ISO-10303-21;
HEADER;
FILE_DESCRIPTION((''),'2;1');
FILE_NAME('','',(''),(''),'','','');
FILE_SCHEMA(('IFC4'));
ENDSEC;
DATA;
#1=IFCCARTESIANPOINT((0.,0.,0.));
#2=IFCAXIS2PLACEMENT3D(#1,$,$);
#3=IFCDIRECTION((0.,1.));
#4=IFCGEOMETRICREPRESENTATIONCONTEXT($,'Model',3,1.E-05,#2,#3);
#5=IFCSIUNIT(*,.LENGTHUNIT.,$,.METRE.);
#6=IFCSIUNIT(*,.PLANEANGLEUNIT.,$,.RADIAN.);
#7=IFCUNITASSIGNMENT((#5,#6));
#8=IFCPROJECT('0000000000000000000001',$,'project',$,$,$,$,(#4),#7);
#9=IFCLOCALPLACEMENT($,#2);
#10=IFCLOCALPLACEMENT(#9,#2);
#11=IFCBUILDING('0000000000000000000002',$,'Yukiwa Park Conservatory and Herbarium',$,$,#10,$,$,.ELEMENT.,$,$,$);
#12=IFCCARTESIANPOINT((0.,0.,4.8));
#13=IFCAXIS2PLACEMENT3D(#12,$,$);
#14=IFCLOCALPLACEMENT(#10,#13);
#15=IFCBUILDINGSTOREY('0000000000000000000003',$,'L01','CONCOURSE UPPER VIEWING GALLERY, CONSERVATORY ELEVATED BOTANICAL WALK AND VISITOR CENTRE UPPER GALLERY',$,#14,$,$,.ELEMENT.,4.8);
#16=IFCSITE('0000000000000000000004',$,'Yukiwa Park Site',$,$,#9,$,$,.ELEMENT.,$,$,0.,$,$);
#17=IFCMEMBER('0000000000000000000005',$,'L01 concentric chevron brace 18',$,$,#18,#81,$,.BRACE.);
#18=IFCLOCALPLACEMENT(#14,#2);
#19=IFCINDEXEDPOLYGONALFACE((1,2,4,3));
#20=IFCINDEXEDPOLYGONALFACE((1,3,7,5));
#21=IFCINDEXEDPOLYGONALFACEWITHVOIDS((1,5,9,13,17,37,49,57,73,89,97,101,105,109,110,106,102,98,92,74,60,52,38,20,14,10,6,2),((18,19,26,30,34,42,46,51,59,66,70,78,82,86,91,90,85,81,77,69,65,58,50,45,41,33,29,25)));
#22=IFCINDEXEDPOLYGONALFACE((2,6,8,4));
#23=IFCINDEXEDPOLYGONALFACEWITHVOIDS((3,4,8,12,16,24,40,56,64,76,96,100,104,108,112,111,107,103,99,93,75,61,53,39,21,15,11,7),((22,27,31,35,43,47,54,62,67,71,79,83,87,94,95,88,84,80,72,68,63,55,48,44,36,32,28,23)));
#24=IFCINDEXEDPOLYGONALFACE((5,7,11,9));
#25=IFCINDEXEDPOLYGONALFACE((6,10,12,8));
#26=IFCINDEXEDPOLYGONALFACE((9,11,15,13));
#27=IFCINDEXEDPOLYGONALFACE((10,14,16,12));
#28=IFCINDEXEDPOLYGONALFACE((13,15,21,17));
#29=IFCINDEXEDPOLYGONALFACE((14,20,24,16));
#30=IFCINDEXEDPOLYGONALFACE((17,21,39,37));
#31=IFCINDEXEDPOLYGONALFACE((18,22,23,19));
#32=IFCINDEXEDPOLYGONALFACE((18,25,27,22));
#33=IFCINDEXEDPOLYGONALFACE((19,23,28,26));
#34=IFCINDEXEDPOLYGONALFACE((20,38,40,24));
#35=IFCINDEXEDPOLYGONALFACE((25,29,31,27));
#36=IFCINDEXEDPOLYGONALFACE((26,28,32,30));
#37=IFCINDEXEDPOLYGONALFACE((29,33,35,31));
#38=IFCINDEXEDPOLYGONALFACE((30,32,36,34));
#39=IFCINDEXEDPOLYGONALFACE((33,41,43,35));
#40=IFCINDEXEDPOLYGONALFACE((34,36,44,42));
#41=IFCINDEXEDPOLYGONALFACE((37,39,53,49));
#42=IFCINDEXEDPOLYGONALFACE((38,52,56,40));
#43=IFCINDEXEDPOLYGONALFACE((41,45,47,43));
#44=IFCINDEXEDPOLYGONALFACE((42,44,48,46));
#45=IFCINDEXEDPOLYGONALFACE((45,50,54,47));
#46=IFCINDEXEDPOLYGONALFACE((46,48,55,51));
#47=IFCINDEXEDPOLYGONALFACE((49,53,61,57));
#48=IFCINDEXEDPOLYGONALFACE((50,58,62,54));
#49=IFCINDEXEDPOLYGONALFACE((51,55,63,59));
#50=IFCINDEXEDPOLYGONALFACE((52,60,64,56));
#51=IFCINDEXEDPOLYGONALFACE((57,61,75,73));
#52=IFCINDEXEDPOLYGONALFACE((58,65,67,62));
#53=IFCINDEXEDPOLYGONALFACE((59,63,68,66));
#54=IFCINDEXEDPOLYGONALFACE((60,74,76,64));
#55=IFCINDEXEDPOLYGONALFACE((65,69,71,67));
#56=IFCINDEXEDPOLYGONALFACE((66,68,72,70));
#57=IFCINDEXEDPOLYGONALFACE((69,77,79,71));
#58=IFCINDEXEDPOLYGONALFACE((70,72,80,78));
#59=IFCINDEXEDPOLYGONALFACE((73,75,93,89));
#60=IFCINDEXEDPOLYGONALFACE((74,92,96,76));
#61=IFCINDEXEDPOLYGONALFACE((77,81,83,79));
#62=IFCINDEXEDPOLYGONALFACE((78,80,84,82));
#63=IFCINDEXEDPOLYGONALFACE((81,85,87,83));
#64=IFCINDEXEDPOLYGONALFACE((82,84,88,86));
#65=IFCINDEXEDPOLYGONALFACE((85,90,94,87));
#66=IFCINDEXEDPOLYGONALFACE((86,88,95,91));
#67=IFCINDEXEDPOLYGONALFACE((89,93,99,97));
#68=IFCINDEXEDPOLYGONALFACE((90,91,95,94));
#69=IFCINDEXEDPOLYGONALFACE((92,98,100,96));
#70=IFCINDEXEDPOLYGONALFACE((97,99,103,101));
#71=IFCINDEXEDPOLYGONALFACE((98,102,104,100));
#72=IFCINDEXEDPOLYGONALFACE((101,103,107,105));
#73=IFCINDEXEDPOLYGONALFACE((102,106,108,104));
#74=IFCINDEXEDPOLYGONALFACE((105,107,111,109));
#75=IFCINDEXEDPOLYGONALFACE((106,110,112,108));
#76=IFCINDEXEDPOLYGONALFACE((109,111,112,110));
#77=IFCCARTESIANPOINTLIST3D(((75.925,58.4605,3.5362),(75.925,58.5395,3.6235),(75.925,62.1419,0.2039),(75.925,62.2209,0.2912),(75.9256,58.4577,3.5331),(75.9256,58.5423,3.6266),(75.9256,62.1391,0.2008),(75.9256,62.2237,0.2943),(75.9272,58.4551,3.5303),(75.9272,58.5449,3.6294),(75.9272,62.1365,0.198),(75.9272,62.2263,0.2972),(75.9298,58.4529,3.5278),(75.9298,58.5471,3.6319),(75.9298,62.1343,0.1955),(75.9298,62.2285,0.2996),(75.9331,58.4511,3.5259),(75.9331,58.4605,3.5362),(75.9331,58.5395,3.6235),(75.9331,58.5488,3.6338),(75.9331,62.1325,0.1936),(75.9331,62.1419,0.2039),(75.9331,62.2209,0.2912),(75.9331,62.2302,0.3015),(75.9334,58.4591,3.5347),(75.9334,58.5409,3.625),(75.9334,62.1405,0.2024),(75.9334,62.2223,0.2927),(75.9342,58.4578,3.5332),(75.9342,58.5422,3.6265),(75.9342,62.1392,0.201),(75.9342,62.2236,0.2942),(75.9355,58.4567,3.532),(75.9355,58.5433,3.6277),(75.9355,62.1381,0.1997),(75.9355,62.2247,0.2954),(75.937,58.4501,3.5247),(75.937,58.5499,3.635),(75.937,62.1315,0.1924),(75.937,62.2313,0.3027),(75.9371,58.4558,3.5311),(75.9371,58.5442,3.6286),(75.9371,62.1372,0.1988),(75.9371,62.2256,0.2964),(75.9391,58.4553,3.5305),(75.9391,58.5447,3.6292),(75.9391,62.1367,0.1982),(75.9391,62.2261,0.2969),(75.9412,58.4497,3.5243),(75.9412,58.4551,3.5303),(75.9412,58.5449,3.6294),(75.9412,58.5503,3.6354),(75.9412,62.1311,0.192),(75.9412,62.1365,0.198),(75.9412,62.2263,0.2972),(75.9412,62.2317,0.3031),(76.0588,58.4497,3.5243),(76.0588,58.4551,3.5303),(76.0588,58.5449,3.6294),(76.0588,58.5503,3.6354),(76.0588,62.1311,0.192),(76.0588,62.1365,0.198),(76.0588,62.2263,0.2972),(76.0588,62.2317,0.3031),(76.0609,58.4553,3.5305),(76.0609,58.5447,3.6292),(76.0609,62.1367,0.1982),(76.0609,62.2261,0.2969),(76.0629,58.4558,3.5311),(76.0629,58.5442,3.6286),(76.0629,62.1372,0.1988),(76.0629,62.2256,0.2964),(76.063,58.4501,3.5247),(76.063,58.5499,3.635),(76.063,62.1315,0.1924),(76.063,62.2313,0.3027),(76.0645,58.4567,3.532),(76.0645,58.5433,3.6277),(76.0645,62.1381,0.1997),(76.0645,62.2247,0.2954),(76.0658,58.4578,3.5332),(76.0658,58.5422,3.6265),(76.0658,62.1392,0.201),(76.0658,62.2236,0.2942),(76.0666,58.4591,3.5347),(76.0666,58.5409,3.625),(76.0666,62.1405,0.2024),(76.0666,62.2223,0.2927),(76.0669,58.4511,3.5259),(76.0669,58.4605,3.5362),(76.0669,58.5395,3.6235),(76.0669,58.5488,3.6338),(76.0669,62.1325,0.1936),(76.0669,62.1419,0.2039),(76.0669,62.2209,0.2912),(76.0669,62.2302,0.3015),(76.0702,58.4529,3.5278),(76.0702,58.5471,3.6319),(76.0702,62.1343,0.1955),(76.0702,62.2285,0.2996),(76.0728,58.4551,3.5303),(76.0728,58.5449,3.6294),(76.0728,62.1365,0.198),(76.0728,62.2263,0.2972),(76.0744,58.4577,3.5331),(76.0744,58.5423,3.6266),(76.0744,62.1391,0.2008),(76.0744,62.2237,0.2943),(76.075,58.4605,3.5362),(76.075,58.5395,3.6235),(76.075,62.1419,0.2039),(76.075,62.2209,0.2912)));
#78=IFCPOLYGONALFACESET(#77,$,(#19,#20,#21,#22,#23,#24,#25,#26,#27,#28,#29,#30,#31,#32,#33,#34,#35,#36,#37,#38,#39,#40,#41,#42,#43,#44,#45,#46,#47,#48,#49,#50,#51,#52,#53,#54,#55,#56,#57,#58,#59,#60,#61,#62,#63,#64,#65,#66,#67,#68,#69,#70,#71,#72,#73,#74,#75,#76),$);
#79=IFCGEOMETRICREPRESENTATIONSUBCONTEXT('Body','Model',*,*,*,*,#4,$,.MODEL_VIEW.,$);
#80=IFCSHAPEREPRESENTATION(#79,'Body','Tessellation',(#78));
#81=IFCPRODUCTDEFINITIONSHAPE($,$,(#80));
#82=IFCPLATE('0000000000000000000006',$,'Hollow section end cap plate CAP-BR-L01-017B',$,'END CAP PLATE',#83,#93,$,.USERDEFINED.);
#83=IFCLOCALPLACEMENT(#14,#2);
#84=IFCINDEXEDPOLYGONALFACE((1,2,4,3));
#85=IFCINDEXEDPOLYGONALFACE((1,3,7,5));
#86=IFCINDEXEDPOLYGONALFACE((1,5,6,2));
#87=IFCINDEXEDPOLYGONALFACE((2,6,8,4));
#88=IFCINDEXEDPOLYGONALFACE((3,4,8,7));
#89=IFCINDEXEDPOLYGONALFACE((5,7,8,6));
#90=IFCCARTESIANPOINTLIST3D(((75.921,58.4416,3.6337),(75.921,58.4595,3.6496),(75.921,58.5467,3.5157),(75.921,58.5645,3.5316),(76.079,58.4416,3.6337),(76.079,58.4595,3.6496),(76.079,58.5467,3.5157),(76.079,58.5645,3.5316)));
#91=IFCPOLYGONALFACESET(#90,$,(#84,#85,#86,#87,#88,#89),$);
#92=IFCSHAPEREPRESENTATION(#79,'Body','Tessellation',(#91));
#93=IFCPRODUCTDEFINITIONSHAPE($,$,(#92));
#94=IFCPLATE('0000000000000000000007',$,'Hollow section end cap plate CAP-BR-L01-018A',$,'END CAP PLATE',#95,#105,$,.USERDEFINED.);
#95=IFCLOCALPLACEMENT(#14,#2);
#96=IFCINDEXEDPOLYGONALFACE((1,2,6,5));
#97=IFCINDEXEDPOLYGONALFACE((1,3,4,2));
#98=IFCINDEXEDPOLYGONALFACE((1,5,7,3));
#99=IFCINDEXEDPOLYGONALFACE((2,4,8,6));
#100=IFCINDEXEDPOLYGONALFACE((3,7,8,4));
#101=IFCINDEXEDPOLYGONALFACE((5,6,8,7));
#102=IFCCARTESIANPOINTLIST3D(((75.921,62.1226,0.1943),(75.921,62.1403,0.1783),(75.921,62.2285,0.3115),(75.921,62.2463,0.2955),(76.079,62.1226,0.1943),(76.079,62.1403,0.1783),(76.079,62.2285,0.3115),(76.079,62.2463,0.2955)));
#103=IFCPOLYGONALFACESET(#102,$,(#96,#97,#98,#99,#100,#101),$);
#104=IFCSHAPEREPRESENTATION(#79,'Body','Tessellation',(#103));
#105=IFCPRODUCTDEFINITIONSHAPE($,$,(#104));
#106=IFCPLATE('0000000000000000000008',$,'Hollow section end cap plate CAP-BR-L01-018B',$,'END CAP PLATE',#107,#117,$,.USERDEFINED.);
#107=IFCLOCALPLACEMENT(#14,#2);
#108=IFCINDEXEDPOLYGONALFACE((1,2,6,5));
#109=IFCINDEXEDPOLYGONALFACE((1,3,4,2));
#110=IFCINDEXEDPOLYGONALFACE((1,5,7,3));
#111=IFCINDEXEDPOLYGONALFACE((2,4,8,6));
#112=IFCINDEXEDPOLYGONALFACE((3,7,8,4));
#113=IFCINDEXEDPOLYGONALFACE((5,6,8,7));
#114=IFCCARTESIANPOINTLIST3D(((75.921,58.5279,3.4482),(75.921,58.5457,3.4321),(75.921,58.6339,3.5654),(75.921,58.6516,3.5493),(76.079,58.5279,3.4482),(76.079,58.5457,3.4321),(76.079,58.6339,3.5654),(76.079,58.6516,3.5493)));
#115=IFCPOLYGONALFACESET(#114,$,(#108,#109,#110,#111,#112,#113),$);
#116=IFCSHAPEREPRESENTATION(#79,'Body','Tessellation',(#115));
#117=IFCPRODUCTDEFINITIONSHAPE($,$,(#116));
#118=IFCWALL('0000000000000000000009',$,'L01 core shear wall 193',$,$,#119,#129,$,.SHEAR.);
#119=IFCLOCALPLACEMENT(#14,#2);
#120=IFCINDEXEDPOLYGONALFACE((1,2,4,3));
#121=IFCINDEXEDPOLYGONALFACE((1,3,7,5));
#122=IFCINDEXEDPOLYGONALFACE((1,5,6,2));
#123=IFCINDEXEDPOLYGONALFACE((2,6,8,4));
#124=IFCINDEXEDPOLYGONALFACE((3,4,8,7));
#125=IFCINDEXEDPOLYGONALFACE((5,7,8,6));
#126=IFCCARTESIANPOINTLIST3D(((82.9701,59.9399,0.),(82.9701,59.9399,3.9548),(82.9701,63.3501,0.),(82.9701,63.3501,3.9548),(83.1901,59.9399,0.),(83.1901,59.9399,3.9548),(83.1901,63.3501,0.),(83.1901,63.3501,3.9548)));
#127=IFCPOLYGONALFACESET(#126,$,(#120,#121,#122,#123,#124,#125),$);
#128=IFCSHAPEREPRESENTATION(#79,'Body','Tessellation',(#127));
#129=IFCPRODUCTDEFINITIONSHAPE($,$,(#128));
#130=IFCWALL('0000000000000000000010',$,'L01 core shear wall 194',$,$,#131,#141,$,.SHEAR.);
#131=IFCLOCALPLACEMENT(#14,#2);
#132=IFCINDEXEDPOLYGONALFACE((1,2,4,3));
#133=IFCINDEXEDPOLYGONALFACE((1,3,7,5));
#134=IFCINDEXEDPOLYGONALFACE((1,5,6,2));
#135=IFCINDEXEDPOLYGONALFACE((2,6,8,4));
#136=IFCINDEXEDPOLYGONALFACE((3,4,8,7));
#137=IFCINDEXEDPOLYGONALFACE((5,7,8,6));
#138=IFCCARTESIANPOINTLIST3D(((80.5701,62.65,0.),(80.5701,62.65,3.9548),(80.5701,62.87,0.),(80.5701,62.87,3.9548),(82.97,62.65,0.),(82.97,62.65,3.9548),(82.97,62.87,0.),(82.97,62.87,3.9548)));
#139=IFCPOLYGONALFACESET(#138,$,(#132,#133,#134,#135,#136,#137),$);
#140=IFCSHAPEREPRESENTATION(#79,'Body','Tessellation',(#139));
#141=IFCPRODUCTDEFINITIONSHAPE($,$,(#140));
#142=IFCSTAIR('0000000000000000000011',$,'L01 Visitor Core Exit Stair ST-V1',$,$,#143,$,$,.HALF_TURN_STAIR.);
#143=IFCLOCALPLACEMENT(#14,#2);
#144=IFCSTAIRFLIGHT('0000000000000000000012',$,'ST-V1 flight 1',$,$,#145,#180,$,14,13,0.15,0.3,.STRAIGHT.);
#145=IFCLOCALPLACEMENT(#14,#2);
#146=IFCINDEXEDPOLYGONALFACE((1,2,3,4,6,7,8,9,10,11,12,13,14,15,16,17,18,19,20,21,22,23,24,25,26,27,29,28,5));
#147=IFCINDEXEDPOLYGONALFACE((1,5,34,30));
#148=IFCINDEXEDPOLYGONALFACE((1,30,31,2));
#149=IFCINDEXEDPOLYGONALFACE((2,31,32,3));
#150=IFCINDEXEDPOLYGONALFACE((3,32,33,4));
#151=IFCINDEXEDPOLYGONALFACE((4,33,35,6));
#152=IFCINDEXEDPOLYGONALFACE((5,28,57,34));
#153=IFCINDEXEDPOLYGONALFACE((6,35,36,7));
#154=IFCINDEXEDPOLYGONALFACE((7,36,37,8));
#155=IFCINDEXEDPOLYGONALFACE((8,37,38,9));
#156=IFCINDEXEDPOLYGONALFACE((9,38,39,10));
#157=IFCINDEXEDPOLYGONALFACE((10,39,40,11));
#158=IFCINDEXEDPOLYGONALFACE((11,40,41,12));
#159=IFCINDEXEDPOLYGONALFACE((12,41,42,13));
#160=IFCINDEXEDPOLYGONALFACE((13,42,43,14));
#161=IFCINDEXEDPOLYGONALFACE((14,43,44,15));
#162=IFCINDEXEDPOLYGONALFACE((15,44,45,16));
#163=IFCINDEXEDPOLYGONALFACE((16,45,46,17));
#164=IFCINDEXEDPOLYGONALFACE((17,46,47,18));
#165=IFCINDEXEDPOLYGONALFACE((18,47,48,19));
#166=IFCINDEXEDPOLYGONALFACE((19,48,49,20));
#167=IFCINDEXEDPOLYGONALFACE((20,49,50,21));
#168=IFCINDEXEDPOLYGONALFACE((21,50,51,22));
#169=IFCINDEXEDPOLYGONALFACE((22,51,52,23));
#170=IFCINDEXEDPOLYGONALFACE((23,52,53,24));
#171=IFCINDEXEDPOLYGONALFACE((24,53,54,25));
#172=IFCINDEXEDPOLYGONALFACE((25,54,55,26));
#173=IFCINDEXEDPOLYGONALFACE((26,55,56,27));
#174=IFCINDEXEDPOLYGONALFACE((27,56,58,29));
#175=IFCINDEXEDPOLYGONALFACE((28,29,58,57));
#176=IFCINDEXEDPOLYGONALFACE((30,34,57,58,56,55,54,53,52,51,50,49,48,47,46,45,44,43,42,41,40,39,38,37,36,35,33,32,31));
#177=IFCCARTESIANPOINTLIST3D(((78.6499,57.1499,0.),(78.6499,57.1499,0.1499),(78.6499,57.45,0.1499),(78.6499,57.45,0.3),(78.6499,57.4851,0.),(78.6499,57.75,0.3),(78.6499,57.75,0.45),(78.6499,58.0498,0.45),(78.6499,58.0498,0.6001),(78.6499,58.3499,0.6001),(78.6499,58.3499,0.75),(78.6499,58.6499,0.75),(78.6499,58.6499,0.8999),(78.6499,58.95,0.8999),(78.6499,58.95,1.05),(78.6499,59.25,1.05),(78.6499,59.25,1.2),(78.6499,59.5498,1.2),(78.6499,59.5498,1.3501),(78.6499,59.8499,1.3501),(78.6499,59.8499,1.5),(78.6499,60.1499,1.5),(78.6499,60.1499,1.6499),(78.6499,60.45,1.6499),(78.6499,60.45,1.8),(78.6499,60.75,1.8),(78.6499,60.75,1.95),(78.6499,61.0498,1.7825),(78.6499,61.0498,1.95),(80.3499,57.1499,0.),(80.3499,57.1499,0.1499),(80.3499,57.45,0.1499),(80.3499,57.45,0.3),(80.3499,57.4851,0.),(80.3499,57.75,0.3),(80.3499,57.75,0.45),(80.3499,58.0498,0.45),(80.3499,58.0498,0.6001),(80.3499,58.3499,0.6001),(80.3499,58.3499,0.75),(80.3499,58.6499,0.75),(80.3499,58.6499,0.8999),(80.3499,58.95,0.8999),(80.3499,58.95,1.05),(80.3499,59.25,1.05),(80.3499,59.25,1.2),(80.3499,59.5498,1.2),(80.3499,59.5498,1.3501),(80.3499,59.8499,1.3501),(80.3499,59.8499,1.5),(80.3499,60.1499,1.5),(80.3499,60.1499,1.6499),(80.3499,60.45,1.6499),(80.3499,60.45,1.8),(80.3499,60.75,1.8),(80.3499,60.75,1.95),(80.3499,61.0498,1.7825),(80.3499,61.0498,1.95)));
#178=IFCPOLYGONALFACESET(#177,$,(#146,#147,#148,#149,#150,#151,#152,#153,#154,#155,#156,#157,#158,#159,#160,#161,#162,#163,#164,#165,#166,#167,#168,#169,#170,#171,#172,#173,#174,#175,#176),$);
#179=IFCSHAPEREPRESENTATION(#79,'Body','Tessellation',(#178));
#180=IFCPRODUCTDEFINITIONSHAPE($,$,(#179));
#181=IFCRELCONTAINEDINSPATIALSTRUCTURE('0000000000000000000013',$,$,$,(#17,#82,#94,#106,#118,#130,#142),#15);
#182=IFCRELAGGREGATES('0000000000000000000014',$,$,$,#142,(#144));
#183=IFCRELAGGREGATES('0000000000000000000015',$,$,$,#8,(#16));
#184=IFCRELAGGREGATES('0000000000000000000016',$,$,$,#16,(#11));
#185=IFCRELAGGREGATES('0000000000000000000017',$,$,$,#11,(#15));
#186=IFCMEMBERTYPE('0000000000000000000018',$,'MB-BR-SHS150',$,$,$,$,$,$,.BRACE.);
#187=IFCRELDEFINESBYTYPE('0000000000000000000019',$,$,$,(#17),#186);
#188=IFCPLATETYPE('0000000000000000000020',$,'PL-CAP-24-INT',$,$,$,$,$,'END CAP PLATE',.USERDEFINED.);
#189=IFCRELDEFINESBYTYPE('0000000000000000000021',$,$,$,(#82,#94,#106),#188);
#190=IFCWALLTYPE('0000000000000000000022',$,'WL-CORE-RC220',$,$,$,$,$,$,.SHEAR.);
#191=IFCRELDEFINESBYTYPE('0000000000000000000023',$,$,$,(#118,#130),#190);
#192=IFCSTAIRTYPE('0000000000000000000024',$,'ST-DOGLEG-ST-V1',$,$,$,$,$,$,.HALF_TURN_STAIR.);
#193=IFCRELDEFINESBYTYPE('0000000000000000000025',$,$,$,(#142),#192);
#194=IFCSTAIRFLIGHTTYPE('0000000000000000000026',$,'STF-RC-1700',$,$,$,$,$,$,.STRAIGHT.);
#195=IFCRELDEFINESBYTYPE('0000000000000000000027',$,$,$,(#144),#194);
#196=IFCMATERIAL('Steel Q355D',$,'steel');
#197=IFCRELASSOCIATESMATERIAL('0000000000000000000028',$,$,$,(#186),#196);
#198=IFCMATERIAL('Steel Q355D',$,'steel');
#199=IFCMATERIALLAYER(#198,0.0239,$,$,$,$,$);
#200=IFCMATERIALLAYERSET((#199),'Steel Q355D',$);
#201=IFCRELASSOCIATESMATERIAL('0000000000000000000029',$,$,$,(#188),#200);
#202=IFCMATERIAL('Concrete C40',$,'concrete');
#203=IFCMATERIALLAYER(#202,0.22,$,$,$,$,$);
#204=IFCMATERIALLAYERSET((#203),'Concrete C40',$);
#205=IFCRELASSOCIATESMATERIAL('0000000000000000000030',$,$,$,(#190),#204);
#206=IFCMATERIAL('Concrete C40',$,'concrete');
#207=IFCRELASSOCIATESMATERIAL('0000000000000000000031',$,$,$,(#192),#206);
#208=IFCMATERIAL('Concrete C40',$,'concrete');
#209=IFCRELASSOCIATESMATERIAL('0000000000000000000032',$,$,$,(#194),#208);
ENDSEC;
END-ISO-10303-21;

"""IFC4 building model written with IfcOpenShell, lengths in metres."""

from ifc_helpers import new_model, si_unit, direction, frame, frame_2d, origin, origin_2d, place, context, subcontext, project, spatial, polyline, rectangle, hollow_rectangle, outline, extrude, material, layer, layer_set, material_profile, profile_set, type_object, element, aggregate, save


model = new_model("IFC4")

# Units and contexts
model_context = context("Model", 3, precision=1e-05, world=origin(), true_north=direction((0.0, 1.0)))
body_context = subcontext(model_context, "Body", "Model", "MODEL_VIEW")
ifc_project = project(units=[si_unit("LENGTHUNIT", "METRE"), si_unit("PLANEANGLEUNIT", "RADIAN")], contexts=[model_context])

# Site, building, storey
site_placement = place(None, origin())
site = spatial("IfcSite", under=ifc_project, at=site_placement, Name="Yukiwa Park Site", CompositionType="ELEMENT", RefElevation=0.0)
building_placement = place(site_placement, origin())
building = spatial("IfcBuilding", under=site, at=building_placement, Name="Yukiwa Park Conservatory and Herbarium", CompositionType="ELEMENT")
storey_placement = place(building_placement, frame((0.0, 0.0, 4.8)))
storey = spatial("IfcBuildingStorey", under=building, at=storey_placement, Name="L01", Description="CONCOURSE UPPER VIEWING GALLERY, CONSERVATORY ELEVATED BOTANICAL WALK AND VISITOR CENTRE UPPER GALLERY", CompositionType="ELEMENT", Elevation=4.8)

# Member
ifc_material_1 = material(Name="Steel Q355D", Category="steel")
ifc_material_profile_1 = material_profile(ifc_material_1, hollow_rectangle(XDim=0.1499, YDim=0.1499, WallThickness=0.0081, InnerFilletRadius=0.0081, OuterFilletRadius=0.0161, at=origin_2d()), Name="SHS 150x150x8")
ifc_profile_set_1 = profile_set([ifc_material_profile_1], Name="Steel Q355D")
member_type = type_object("IfcMemberType", Name="MB-BR-SHS150", PredefinedType="BRACE", material=ifc_profile_set_1)
member_placement = place(storey_placement, frame((76.0, 62.1814, 0.2476), z_axis=(0.0, -0.741387, 0.671078), x_axis=(1.0, 0.0, 0.0)))
element("IfcMember", 1, at=member_placement, inside=storey, type_object=member_type, Name="L01 concentric chevron brace 18", PredefinedType="BRACE", context=body_context, shape_type="SweptSolid", body=[
    extrude(hollow_rectangle(XDim=0.1499, YDim=0.1499, WallThickness=0.0081, InnerFilletRadius=0.0081, OuterFilletRadius=0.0161, at=origin_2d()), origin(), (0.0, 0.0, 1.0), 4.9656),
])

# Plates
ifc_material_2 = material(Name="Steel Q355D", Category="steel")
ifc_layer_1 = layer(ifc_material_2, 0.0239)
ifc_layer_set_1 = layer_set([ifc_layer_1], Name="Steel Q355D")
plate_type = type_object("IfcPlateType", Name="PL-CAP-24-INT", ElementType="END CAP PLATE", PredefinedType="USERDEFINED", material=ifc_layer_set_1)
for number, where, z_axis, x_axis, name in (
    (2, (76.0, 58.4941, 3.5747), (0.0, 0.746845, 0.664999), (-1.0, 0.0, 0.0), "Hollow section end cap plate CAP-BR-L01-017B"),
    (3, (76.0, 62.1755, 0.2529), (0.0, 0.741776, -0.670647), (-1.0, 0.0, 0.0), "Hollow section end cap plate CAP-BR-L01-018A"),
    (4, (76.0, 58.5986, 3.4907), (0.0, -0.741776, 0.670647), (1.0, 0.0, 0.0), "Hollow section end cap plate CAP-BR-L01-018B"),
):
    element("IfcPlate", number, at=place(storey_placement, frame(where, z_axis=z_axis, x_axis=x_axis)), inside=storey, type_object=plate_type, Name=name, ObjectType="END CAP PLATE", PredefinedType="USERDEFINED", context=body_context, shape_type="SweptSolid", body=[
        extrude(rectangle(XDim=0.158, YDim=0.158, at=origin_2d()), origin(), (0.0, 0.0, 1.0), 0.0239),
    ])

# Shared definitions
ifc_material_3 = material(Name="Concrete C40", Category="concrete")
ifc_layer_2 = layer(ifc_material_3, 0.22)
ifc_layer_set_2 = layer_set([ifc_layer_2], Name="Concrete C40")
wall_type = type_object("IfcWallType", Name="WL-CORE-RC220", PredefinedType="SHEAR", material=ifc_layer_set_2)

# Walls
wall_1_placement = place(storey_placement, frame((83.0801, 59.9399, 0.0), z_axis=(0.0, 0.0, 1.0), x_axis=(0.0, 1.0, 0.0)))
element("IfcWall", 5, at=wall_1_placement, inside=storey, type_object=wall_type, Name="L01 core shear wall 193", PredefinedType="SHEAR", context=body_context, shape_type="SweptSolid", body=[
    extrude(rectangle(XDim=3.4102, YDim=0.22, at=frame_2d((1.7051, 0.0))), origin(), (0.0, 0.0, 1.0), 3.9548),
])
wall_2_placement = place(storey_placement, frame((80.5701, 62.76, 0.0), z_axis=(0.0, 0.0, 1.0), x_axis=(1.0, 0.0, 0.0)))
element("IfcWall", 6, at=wall_2_placement, inside=storey, type_object=wall_type, Name="L01 core shear wall 194", PredefinedType="SHEAR", context=body_context, shape_type="SweptSolid", body=[
    extrude(rectangle(XDim=2.3999, YDim=0.22, at=frame_2d((1.2, 0.0))), origin(), (0.0, 0.0, 1.0), 3.9548),
])

# Stair, stair flight
ifc_material_4 = material(Name="Concrete C40", Category="concrete")
stair_type = type_object("IfcStairType", Name="ST-DOGLEG-ST-V1", PredefinedType="HALF_TURN_STAIR", material=ifc_material_4)
stair_placement = place(storey_placement, origin())
stair = element("IfcStair", 7, at=stair_placement, inside=storey, type_object=stair_type, Name="L01 Visitor Core Exit Stair ST-V1", PredefinedType="HALF_TURN_STAIR")
ifc_material_5 = material(Name="Concrete C40", Category="concrete")
stair_flight_type = type_object("IfcStairFlightType", Name="STF-RC-1700", PredefinedType="STRAIGHT", material=ifc_material_5)
stair_flight_1_placement = place(storey_placement, frame((79.5, 57.1499, 0.0), z_axis=(0.0, 0.0, 1.0), x_axis=(0.0, 1.0, 0.0)))
stair_flight_1 = element("IfcStairFlight", 8, at=stair_flight_1_placement, type_object=stair_flight_type, Name="ST-V1 flight 1", NumberOfRisers=14, NumberOfTreads=13, PredefinedType="STRAIGHT", RiserHeight=0.15, TreadLength=0.3, context=body_context, shape_type="SweptSolid", body=[
    extrude(outline(polyline([(0.0, 0.0), (0.0, 0.1499), (0.3, 0.1499), (0.3, 0.3), (0.6001, 0.3), (0.6001, 0.45), (0.8999, 0.45), (0.8999, 0.6001), (1.2, 0.6001), (1.2, 0.75), (1.5, 0.75), (1.5, 0.8999), (1.8, 0.8999), (1.8, 1.05), (2.1001, 1.05), (2.1001, 1.2), (2.3999, 1.2), (2.3999, 1.3501), (2.7, 1.3501), (2.7, 1.5), (3.0, 1.5), (3.0, 1.6499), (3.3, 1.6499), (3.3, 1.8), (3.6001, 1.8), (3.6001, 1.95), (3.8999, 1.95), (3.8999, 2.1001), (3.8999, 1.7825), (0.3352, 0.0), (0.0, 0.0)])), frame((0.0, 0.8501, 0.0), z_axis=(0.0, -1.0, 0.0), x_axis=(1.0, 0.0, 0.0)), (0.0, 0.0, 1.0), 1.7),
])
aggregate(stair, [stair_flight_1])

save(model, "model.ifc")
